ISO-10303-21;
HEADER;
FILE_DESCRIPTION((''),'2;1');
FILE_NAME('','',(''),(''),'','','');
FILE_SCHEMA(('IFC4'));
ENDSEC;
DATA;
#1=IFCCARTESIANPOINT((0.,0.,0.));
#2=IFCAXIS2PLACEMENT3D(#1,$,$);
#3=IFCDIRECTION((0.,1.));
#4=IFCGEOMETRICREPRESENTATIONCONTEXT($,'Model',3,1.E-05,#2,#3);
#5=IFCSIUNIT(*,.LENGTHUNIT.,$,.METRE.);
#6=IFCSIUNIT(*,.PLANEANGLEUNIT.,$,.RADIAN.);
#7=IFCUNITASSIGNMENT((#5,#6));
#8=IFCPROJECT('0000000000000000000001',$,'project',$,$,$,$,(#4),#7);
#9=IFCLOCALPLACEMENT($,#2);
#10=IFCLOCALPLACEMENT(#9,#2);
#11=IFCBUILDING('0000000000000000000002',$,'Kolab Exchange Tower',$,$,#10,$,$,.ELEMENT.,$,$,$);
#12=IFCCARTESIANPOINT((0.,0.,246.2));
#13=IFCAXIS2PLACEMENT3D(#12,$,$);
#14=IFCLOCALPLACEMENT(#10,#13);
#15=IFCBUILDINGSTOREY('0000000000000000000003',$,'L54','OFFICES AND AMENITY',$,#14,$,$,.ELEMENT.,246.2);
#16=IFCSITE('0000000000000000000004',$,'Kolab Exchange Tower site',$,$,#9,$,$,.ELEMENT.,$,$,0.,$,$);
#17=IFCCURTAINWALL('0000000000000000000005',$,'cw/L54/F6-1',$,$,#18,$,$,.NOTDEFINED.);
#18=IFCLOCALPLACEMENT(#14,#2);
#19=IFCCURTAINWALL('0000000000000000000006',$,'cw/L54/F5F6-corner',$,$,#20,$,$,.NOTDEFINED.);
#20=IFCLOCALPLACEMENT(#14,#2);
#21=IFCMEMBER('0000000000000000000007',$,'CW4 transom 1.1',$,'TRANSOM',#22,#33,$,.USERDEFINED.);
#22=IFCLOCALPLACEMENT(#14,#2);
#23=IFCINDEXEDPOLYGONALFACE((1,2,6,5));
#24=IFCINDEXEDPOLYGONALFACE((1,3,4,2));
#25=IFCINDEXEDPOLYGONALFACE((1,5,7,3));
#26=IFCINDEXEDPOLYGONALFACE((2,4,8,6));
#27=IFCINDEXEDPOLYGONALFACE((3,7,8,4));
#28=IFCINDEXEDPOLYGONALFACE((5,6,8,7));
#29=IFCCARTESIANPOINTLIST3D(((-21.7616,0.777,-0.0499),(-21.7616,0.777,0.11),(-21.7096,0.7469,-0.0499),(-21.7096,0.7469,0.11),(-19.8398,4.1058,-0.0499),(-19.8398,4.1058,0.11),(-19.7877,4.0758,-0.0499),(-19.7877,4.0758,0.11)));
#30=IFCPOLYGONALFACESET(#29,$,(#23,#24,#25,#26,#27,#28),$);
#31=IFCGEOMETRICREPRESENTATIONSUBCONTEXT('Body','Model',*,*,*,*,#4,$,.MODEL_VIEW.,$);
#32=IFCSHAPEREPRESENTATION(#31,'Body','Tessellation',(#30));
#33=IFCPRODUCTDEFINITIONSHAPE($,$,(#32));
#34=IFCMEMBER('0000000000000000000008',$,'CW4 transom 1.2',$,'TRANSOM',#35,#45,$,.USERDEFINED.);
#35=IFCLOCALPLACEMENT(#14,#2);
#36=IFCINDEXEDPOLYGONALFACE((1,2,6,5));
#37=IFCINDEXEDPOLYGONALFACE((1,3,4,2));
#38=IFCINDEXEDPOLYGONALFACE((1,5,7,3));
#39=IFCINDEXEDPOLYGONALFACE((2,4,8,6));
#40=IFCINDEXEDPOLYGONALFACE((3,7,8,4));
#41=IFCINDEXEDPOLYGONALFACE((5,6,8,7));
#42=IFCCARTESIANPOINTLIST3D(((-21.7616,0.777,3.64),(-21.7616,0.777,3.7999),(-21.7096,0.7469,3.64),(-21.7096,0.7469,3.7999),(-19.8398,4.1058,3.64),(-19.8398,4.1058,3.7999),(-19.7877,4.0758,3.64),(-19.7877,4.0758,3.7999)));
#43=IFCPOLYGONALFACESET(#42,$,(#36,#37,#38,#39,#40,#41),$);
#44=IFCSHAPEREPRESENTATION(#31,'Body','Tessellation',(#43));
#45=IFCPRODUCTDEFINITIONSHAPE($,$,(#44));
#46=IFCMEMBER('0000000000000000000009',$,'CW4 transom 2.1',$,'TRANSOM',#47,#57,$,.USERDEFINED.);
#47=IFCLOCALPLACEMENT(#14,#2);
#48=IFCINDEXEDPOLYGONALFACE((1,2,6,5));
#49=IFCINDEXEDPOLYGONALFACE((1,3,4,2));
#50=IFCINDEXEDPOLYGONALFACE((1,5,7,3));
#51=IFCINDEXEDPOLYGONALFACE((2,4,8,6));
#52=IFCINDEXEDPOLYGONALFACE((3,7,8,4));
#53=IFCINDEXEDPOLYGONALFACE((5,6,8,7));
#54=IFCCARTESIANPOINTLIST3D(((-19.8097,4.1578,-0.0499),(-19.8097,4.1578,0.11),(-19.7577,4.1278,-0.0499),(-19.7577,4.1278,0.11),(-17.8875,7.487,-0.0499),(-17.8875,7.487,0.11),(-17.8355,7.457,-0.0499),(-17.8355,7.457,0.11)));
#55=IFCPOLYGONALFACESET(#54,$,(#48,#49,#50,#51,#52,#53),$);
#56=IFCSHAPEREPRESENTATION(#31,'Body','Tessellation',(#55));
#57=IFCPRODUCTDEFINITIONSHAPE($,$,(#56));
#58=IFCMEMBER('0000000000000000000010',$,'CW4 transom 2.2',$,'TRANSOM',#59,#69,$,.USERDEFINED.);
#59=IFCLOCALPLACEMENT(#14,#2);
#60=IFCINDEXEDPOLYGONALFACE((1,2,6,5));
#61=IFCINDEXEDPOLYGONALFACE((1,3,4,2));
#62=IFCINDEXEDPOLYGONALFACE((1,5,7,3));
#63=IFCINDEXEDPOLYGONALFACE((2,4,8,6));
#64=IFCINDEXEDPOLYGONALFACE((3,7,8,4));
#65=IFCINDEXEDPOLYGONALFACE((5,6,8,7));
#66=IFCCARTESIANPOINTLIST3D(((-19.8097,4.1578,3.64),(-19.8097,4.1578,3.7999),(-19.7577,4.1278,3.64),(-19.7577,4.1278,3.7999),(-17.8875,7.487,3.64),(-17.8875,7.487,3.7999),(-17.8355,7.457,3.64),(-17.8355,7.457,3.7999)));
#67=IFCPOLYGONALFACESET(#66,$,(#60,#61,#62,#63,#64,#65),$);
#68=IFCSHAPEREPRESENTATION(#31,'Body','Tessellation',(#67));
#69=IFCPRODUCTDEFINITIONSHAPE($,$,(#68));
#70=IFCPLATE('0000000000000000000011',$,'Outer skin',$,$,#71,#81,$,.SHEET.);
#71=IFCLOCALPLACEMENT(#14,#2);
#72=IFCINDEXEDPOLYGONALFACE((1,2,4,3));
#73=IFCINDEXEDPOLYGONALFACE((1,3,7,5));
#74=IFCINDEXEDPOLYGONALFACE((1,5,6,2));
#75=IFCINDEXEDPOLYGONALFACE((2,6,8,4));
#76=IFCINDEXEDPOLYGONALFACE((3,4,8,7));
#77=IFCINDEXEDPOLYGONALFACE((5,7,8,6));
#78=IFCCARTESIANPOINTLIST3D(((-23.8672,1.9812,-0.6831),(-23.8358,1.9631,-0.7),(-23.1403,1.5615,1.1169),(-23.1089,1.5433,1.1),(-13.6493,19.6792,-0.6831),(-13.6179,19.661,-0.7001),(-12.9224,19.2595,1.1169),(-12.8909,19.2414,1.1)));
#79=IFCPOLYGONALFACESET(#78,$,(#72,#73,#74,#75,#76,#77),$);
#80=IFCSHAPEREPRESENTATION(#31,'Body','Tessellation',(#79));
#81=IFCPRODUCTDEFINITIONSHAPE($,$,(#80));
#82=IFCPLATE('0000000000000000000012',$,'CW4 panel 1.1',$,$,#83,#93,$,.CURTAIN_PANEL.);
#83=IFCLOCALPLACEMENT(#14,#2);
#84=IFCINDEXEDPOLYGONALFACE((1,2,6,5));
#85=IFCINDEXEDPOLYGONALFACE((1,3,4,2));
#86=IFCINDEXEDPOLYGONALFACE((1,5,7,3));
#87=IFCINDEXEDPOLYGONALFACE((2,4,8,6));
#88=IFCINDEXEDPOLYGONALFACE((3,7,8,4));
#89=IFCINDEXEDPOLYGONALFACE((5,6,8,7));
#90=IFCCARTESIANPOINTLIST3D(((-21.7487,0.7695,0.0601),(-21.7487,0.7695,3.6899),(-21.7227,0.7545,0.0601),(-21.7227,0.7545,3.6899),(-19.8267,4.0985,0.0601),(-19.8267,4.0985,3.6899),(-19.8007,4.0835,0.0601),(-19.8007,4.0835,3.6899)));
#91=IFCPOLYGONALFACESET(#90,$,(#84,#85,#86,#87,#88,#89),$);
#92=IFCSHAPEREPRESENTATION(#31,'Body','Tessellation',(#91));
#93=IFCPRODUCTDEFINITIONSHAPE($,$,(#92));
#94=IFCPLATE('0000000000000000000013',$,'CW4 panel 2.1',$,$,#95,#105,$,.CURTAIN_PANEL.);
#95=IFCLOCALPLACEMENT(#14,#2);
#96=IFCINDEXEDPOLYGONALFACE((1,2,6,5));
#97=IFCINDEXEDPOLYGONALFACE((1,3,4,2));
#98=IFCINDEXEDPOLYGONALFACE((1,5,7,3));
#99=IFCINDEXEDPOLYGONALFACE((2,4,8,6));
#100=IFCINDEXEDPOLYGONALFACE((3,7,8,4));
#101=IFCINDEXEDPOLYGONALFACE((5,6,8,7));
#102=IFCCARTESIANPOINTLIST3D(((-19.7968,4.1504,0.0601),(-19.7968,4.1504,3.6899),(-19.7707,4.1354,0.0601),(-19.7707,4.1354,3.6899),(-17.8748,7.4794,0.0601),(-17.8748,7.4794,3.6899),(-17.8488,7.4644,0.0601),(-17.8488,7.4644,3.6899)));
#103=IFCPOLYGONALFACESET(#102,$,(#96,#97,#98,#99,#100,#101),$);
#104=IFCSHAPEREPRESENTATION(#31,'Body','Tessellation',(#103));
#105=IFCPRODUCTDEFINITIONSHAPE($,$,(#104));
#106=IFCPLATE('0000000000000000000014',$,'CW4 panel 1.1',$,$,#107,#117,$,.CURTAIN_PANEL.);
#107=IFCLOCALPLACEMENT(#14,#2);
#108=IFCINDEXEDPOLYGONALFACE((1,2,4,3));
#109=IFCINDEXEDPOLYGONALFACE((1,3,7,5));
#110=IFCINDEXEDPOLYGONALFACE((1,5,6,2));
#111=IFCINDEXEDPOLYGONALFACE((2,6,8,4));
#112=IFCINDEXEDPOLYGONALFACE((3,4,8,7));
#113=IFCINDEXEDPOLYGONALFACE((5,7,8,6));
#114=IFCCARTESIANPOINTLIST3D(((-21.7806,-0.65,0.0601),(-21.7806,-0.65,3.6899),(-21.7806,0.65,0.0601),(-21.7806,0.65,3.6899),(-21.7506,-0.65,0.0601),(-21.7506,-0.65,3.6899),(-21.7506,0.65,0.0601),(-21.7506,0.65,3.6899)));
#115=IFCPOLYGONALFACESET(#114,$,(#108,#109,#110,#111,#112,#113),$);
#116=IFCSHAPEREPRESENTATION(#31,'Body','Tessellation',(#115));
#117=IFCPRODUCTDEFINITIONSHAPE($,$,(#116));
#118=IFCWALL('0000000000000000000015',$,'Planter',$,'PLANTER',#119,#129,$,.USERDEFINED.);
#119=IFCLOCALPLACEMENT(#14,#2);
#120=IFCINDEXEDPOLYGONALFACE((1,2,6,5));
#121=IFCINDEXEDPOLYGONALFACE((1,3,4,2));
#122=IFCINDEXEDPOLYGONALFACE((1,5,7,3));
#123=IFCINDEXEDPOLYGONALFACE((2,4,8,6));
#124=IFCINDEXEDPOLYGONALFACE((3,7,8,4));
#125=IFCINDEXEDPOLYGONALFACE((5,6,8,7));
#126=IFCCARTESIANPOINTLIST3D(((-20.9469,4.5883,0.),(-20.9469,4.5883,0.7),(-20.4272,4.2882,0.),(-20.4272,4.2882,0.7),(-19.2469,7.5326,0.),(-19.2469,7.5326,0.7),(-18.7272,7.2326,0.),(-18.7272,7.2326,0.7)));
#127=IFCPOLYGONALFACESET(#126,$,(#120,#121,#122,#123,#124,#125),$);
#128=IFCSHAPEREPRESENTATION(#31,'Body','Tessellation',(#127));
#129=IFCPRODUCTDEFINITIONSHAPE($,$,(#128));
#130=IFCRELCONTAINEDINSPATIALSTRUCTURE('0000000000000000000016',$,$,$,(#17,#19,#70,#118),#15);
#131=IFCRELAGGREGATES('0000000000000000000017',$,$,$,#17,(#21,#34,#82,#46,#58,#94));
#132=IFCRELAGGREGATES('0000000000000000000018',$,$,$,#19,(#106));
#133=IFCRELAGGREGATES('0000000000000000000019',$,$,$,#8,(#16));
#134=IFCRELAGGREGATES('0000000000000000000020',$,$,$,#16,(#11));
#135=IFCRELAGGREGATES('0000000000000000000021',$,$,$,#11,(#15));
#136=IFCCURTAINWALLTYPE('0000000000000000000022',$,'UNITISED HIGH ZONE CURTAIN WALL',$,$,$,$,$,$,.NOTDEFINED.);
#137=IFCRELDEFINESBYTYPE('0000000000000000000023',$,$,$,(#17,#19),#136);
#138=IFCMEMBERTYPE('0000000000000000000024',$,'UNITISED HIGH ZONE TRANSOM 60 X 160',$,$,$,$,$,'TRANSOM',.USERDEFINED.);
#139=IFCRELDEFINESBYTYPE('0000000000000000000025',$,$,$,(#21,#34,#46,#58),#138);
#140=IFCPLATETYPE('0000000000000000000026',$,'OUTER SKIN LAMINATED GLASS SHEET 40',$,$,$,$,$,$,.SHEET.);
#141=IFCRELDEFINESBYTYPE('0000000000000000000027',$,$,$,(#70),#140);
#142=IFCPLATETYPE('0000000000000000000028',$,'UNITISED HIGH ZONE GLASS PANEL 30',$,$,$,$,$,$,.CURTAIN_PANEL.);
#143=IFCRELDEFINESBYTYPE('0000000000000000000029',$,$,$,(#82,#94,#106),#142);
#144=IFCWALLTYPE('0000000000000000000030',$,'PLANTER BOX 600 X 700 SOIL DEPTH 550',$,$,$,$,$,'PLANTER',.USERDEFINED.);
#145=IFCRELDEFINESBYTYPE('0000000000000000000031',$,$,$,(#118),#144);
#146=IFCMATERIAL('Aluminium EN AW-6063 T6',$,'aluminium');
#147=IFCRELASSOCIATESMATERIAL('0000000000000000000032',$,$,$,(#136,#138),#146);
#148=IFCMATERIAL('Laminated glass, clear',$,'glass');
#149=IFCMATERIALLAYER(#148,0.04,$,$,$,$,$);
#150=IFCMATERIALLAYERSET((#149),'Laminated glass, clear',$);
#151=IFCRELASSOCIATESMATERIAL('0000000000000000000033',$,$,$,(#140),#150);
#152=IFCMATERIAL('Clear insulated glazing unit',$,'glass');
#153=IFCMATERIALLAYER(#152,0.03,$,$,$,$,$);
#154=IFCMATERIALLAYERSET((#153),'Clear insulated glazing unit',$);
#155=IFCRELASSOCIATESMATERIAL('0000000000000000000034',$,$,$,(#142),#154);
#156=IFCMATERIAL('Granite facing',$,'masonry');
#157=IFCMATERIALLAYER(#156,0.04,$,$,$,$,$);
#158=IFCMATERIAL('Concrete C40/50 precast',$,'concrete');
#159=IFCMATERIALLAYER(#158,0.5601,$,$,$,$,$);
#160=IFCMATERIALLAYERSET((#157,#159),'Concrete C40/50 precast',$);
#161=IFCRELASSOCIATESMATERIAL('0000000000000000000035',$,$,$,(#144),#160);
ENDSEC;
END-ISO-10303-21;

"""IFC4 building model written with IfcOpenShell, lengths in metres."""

from ifc_helpers import new_model, si_unit, direction, frame, frame_2d, origin, origin_2d, place, context, subcontext, project, spatial, polyline, rectangle, outline, extrude, material, layer, layer_set, material_profile, profile_set, type_object, element, aggregate, save


model = new_model("IFC4")

# Units and contexts
model_context = context("Model", 3, precision=1e-05, world=origin(), true_north=direction((0.0, 1.0)))
body_context = subcontext(model_context, "Body", "Model", "MODEL_VIEW")
ifc_project = project(units=[si_unit("LENGTHUNIT", "METRE"), si_unit("PLANEANGLEUNIT", "RADIAN")], contexts=[model_context])

# Site, building, storey
site_placement = place(None, origin())
site = spatial("IfcSite", under=ifc_project, at=site_placement, Name="Kolab Exchange Tower site", CompositionType="ELEMENT", RefElevation=0.0)
building_placement = place(site_placement, origin())
building = spatial("IfcBuilding", under=site, at=building_placement, Name="Kolab Exchange Tower", CompositionType="ELEMENT")
storey_placement = place(building_placement, frame((0.0, 0.0, 246.2)))
storey = spatial("IfcBuildingStorey", under=building, at=storey_placement, Name="L54", Description="OFFICES AND AMENITY", CompositionType="ELEMENT", Elevation=246.2)

# Curtain wall
ifc_material_1 = material(Name="Aluminium EN AW-6063 T6", Category="aluminium")
curtain_wall_type = type_object("IfcCurtainWallType", Name="UNITISED HIGH ZONE CURTAIN WALL", PredefinedType="NOTDEFINED", material=ifc_material_1)
curtain_wall_1_placement = place(storey_placement, origin())
curtain_wall_1 = element("IfcCurtainWall", 1, at=curtain_wall_1_placement, inside=storey, type_object=curtain_wall_type, Name="cw/L54/F6-1", PredefinedType="NOTDEFINED")

# Curtain wall
curtain_wall_2_placement = place(storey_placement, origin())
curtain_wall_2 = element("IfcCurtainWall", 2, at=curtain_wall_2_placement, inside=storey, type_object=curtain_wall_type, Name="cw/L54/F5F6-corner", PredefinedType="NOTDEFINED")

# Members
ifc_material_profile_1 = material_profile(ifc_material_1, rectangle(XDim=0.0601, YDim=0.1599, at=origin_2d()), Name="RECT 60X160")
ifc_profile_set_1 = profile_set([ifc_material_profile_1], Name="Aluminium EN AW-6063 T6")
member_type_1 = type_object("IfcMemberType", Name="UNITISED HIGH ZONE TRANSOM 60 X 160", ElementType="TRANSOM", PredefinedType="USERDEFINED", material=ifc_profile_set_1)
member_1_placement = place(storey_placement, frame((-21.7356, 0.762, 0.03), z_axis=(0.499992, 0.86603, 0.0), x_axis=(-0.86603, 0.499992, 0.0)))
member_1 = element("IfcMember", 3, at=member_1_placement, type_object=member_type_1, Name="CW4 transom 1.1", ObjectType="TRANSOM", PredefinedType="USERDEFINED", context=body_context, shape_type="SweptSolid", body=[
    extrude(rectangle(XDim=0.0601, YDim=0.1599, at=origin_2d()), origin(), (0.0, 0.0, 1.0), 3.8438),
])
member_2_placement = place(storey_placement, frame((-21.7356, 0.762, 3.72), z_axis=(0.499992, 0.86603, 0.0), x_axis=(-0.86603, 0.499992, 0.0)))
member_2 = element("IfcMember", 4, at=member_2_placement, type_object=member_type_1, Name="CW4 transom 1.2", ObjectType="TRANSOM", PredefinedType="USERDEFINED", context=body_context, shape_type="SweptSolid", body=[
    extrude(rectangle(XDim=0.0601, YDim=0.1599, at=origin_2d()), origin(), (0.0, 0.0, 1.0), 3.8438),
])
member_3_placement = place(storey_placement, frame((-19.7837, 4.1428, 0.03), z_axis=(0.500012, 0.866018, 0.0), x_axis=(-0.866018, 0.500012, 0.0)))
member_3 = element("IfcMember", 5, at=member_3_placement, type_object=member_type_1, Name="CW4 transom 2.1", ObjectType="TRANSOM", PredefinedType="USERDEFINED", context=body_context, shape_type="SweptSolid", body=[
    extrude(rectangle(XDim=0.0601, YDim=0.1599, at=origin_2d()), origin(), (0.0, 0.0, 1.0), 3.8442),
])
member_4_placement = place(storey_placement, frame((-19.7837, 4.1428, 3.72), z_axis=(0.500012, 0.866018, 0.0), x_axis=(-0.866018, 0.500012, 0.0)))
member_4 = element("IfcMember", 6, at=member_4_placement, type_object=member_type_1, Name="CW4 transom 2.2", ObjectType="TRANSOM", PredefinedType="USERDEFINED", context=body_context, shape_type="SweptSolid", body=[
    extrude(rectangle(XDim=0.0601, YDim=0.1599, at=origin_2d()), origin(), (0.0, 0.0, 1.0), 3.8442),
])

# Plates
ifc_material_2 = material(Name="Laminated glass, clear", Category="glass")
ifc_layer_1 = layer(ifc_material_2, 0.04)
ifc_layer_set_1 = layer_set([ifc_layer_1], Name="Laminated glass, clear")
plate_type_1 = type_object("IfcPlateType", Name="OUTER SKIN LAMINATED GLASS SHEET 40", PredefinedType="SHEET", material=ifc_layer_set_1)
plate_1_placement = place(storey_placement, frame((-23.8672, 1.9812, -0.6831), z_axis=(-0.784886, 0.453152, 0.422619), x_axis=(0.499997, 0.866027, -0.000002)))
element("IfcPlate", 7, at=plate_1_placement, inside=storey, type_object=plate_type_1, Name="Outer skin", PredefinedType="SHEET", context=body_context, shape_type="SweptSolid", body=[
    extrude(outline(polyline([(0.0, 0.0), (20.4358, 0.0), (20.4359, -1.9862), (-0.0001, -1.9861), (0.0, 0.0)])), origin(), (0.0, 0.0, -1.0), 0.04),
])
ifc_material_3 = material(Name="Clear insulated glazing unit", Category="glass")
ifc_layer_2 = layer(ifc_material_3, 0.03)
ifc_layer_set_2 = layer_set([ifc_layer_2], Name="Clear insulated glazing unit")
plate_type_2 = type_object("IfcPlateType", Name="UNITISED HIGH ZONE GLASS PANEL 30", PredefinedType="CURTAIN_PANEL", material=ifc_layer_set_2)
plate_2_placement = place(storey_placement, frame((-20.7747, 2.4265, 0.0601), z_axis=(0.0, 0.0, 1.0), x_axis=(0.5, 0.866025, 0.0)))
plate_2 = element("IfcPlate", 8, at=plate_2_placement, type_object=plate_type_2, Name="CW4 panel 1.1", PredefinedType="CURTAIN_PANEL", context=body_context, shape_type="SweptSolid", body=[
    extrude(rectangle(XDim=3.844, YDim=0.03, at=origin_2d()), origin(), (0.0, 0.0, 1.0), 3.6299),
])
plate_3_placement = place(storey_placement, frame((-18.8228, 5.8074, 0.0601), z_axis=(0.0, 0.0, 1.0), x_axis=(0.5, 0.866025, 0.0)))
plate_3 = element("IfcPlate", 9, at=plate_3_placement, type_object=plate_type_2, Name="CW4 panel 2.1", PredefinedType="CURTAIN_PANEL", context=body_context, shape_type="SweptSolid", body=[
    extrude(rectangle(XDim=3.844, YDim=0.03, at=origin_2d()), origin(), (0.0, 0.0, 1.0), 3.6299),
])
aggregate(curtain_wall_1, [member_1, member_2, plate_2, member_3, member_4, plate_3])
plate_4_placement = place(storey_placement, frame((-21.7656, 0.0, 0.0601), z_axis=(0.0, 0.0, 1.0), x_axis=(0.0, 1.0, 0.0)))
plate_4 = element("IfcPlate", 10, at=plate_4_placement, type_object=plate_type_2, Name="CW4 panel 1.1", PredefinedType="CURTAIN_PANEL", context=body_context, shape_type="SweptSolid", body=[
    extrude(rectangle(XDim=1.3, YDim=0.03, at=origin_2d()), origin(), (0.0, 0.0, 1.0), 3.6299),
])
aggregate(curtain_wall_2, [plate_4])

# Wall
ifc_material_4 = material(Name="Granite facing", Category="masonry")
ifc_layer_3 = layer(ifc_material_4, 0.04)
ifc_material_5 = material(Name="Concrete C40/50 precast", Category="concrete")
ifc_layer_4 = layer(ifc_material_5, 0.5601)
ifc_layer_set_3 = layer_set([ifc_layer_3, ifc_layer_4], Name="Concrete C40/50 precast")
wall_type_1 = type_object("IfcWallType", Name="PLANTER BOX 600 X 700 SOIL DEPTH 550", ElementType="PLANTER", PredefinedType="USERDEFINED", material=ifc_layer_set_3)
wall_1_placement = place(storey_placement, frame((-20.687, 4.4382, 0.0), z_axis=(0.0, 0.0, 1.0), x_axis=(0.500008, 0.866021, 0.0)))
element("IfcWall", 11, at=wall_1_placement, inside=storey, type_object=wall_type_1, Name="Planter", ObjectType="PLANTER", PredefinedType="USERDEFINED", context=body_context, shape_type="SweptSolid", body=[
    extrude(rectangle(XDim=3.3999, YDim=0.6001, at=frame_2d((1.7, 0.0))), origin(), (0.0, 0.0, 1.0), 0.7),
])

save(model, "model.ifc")
